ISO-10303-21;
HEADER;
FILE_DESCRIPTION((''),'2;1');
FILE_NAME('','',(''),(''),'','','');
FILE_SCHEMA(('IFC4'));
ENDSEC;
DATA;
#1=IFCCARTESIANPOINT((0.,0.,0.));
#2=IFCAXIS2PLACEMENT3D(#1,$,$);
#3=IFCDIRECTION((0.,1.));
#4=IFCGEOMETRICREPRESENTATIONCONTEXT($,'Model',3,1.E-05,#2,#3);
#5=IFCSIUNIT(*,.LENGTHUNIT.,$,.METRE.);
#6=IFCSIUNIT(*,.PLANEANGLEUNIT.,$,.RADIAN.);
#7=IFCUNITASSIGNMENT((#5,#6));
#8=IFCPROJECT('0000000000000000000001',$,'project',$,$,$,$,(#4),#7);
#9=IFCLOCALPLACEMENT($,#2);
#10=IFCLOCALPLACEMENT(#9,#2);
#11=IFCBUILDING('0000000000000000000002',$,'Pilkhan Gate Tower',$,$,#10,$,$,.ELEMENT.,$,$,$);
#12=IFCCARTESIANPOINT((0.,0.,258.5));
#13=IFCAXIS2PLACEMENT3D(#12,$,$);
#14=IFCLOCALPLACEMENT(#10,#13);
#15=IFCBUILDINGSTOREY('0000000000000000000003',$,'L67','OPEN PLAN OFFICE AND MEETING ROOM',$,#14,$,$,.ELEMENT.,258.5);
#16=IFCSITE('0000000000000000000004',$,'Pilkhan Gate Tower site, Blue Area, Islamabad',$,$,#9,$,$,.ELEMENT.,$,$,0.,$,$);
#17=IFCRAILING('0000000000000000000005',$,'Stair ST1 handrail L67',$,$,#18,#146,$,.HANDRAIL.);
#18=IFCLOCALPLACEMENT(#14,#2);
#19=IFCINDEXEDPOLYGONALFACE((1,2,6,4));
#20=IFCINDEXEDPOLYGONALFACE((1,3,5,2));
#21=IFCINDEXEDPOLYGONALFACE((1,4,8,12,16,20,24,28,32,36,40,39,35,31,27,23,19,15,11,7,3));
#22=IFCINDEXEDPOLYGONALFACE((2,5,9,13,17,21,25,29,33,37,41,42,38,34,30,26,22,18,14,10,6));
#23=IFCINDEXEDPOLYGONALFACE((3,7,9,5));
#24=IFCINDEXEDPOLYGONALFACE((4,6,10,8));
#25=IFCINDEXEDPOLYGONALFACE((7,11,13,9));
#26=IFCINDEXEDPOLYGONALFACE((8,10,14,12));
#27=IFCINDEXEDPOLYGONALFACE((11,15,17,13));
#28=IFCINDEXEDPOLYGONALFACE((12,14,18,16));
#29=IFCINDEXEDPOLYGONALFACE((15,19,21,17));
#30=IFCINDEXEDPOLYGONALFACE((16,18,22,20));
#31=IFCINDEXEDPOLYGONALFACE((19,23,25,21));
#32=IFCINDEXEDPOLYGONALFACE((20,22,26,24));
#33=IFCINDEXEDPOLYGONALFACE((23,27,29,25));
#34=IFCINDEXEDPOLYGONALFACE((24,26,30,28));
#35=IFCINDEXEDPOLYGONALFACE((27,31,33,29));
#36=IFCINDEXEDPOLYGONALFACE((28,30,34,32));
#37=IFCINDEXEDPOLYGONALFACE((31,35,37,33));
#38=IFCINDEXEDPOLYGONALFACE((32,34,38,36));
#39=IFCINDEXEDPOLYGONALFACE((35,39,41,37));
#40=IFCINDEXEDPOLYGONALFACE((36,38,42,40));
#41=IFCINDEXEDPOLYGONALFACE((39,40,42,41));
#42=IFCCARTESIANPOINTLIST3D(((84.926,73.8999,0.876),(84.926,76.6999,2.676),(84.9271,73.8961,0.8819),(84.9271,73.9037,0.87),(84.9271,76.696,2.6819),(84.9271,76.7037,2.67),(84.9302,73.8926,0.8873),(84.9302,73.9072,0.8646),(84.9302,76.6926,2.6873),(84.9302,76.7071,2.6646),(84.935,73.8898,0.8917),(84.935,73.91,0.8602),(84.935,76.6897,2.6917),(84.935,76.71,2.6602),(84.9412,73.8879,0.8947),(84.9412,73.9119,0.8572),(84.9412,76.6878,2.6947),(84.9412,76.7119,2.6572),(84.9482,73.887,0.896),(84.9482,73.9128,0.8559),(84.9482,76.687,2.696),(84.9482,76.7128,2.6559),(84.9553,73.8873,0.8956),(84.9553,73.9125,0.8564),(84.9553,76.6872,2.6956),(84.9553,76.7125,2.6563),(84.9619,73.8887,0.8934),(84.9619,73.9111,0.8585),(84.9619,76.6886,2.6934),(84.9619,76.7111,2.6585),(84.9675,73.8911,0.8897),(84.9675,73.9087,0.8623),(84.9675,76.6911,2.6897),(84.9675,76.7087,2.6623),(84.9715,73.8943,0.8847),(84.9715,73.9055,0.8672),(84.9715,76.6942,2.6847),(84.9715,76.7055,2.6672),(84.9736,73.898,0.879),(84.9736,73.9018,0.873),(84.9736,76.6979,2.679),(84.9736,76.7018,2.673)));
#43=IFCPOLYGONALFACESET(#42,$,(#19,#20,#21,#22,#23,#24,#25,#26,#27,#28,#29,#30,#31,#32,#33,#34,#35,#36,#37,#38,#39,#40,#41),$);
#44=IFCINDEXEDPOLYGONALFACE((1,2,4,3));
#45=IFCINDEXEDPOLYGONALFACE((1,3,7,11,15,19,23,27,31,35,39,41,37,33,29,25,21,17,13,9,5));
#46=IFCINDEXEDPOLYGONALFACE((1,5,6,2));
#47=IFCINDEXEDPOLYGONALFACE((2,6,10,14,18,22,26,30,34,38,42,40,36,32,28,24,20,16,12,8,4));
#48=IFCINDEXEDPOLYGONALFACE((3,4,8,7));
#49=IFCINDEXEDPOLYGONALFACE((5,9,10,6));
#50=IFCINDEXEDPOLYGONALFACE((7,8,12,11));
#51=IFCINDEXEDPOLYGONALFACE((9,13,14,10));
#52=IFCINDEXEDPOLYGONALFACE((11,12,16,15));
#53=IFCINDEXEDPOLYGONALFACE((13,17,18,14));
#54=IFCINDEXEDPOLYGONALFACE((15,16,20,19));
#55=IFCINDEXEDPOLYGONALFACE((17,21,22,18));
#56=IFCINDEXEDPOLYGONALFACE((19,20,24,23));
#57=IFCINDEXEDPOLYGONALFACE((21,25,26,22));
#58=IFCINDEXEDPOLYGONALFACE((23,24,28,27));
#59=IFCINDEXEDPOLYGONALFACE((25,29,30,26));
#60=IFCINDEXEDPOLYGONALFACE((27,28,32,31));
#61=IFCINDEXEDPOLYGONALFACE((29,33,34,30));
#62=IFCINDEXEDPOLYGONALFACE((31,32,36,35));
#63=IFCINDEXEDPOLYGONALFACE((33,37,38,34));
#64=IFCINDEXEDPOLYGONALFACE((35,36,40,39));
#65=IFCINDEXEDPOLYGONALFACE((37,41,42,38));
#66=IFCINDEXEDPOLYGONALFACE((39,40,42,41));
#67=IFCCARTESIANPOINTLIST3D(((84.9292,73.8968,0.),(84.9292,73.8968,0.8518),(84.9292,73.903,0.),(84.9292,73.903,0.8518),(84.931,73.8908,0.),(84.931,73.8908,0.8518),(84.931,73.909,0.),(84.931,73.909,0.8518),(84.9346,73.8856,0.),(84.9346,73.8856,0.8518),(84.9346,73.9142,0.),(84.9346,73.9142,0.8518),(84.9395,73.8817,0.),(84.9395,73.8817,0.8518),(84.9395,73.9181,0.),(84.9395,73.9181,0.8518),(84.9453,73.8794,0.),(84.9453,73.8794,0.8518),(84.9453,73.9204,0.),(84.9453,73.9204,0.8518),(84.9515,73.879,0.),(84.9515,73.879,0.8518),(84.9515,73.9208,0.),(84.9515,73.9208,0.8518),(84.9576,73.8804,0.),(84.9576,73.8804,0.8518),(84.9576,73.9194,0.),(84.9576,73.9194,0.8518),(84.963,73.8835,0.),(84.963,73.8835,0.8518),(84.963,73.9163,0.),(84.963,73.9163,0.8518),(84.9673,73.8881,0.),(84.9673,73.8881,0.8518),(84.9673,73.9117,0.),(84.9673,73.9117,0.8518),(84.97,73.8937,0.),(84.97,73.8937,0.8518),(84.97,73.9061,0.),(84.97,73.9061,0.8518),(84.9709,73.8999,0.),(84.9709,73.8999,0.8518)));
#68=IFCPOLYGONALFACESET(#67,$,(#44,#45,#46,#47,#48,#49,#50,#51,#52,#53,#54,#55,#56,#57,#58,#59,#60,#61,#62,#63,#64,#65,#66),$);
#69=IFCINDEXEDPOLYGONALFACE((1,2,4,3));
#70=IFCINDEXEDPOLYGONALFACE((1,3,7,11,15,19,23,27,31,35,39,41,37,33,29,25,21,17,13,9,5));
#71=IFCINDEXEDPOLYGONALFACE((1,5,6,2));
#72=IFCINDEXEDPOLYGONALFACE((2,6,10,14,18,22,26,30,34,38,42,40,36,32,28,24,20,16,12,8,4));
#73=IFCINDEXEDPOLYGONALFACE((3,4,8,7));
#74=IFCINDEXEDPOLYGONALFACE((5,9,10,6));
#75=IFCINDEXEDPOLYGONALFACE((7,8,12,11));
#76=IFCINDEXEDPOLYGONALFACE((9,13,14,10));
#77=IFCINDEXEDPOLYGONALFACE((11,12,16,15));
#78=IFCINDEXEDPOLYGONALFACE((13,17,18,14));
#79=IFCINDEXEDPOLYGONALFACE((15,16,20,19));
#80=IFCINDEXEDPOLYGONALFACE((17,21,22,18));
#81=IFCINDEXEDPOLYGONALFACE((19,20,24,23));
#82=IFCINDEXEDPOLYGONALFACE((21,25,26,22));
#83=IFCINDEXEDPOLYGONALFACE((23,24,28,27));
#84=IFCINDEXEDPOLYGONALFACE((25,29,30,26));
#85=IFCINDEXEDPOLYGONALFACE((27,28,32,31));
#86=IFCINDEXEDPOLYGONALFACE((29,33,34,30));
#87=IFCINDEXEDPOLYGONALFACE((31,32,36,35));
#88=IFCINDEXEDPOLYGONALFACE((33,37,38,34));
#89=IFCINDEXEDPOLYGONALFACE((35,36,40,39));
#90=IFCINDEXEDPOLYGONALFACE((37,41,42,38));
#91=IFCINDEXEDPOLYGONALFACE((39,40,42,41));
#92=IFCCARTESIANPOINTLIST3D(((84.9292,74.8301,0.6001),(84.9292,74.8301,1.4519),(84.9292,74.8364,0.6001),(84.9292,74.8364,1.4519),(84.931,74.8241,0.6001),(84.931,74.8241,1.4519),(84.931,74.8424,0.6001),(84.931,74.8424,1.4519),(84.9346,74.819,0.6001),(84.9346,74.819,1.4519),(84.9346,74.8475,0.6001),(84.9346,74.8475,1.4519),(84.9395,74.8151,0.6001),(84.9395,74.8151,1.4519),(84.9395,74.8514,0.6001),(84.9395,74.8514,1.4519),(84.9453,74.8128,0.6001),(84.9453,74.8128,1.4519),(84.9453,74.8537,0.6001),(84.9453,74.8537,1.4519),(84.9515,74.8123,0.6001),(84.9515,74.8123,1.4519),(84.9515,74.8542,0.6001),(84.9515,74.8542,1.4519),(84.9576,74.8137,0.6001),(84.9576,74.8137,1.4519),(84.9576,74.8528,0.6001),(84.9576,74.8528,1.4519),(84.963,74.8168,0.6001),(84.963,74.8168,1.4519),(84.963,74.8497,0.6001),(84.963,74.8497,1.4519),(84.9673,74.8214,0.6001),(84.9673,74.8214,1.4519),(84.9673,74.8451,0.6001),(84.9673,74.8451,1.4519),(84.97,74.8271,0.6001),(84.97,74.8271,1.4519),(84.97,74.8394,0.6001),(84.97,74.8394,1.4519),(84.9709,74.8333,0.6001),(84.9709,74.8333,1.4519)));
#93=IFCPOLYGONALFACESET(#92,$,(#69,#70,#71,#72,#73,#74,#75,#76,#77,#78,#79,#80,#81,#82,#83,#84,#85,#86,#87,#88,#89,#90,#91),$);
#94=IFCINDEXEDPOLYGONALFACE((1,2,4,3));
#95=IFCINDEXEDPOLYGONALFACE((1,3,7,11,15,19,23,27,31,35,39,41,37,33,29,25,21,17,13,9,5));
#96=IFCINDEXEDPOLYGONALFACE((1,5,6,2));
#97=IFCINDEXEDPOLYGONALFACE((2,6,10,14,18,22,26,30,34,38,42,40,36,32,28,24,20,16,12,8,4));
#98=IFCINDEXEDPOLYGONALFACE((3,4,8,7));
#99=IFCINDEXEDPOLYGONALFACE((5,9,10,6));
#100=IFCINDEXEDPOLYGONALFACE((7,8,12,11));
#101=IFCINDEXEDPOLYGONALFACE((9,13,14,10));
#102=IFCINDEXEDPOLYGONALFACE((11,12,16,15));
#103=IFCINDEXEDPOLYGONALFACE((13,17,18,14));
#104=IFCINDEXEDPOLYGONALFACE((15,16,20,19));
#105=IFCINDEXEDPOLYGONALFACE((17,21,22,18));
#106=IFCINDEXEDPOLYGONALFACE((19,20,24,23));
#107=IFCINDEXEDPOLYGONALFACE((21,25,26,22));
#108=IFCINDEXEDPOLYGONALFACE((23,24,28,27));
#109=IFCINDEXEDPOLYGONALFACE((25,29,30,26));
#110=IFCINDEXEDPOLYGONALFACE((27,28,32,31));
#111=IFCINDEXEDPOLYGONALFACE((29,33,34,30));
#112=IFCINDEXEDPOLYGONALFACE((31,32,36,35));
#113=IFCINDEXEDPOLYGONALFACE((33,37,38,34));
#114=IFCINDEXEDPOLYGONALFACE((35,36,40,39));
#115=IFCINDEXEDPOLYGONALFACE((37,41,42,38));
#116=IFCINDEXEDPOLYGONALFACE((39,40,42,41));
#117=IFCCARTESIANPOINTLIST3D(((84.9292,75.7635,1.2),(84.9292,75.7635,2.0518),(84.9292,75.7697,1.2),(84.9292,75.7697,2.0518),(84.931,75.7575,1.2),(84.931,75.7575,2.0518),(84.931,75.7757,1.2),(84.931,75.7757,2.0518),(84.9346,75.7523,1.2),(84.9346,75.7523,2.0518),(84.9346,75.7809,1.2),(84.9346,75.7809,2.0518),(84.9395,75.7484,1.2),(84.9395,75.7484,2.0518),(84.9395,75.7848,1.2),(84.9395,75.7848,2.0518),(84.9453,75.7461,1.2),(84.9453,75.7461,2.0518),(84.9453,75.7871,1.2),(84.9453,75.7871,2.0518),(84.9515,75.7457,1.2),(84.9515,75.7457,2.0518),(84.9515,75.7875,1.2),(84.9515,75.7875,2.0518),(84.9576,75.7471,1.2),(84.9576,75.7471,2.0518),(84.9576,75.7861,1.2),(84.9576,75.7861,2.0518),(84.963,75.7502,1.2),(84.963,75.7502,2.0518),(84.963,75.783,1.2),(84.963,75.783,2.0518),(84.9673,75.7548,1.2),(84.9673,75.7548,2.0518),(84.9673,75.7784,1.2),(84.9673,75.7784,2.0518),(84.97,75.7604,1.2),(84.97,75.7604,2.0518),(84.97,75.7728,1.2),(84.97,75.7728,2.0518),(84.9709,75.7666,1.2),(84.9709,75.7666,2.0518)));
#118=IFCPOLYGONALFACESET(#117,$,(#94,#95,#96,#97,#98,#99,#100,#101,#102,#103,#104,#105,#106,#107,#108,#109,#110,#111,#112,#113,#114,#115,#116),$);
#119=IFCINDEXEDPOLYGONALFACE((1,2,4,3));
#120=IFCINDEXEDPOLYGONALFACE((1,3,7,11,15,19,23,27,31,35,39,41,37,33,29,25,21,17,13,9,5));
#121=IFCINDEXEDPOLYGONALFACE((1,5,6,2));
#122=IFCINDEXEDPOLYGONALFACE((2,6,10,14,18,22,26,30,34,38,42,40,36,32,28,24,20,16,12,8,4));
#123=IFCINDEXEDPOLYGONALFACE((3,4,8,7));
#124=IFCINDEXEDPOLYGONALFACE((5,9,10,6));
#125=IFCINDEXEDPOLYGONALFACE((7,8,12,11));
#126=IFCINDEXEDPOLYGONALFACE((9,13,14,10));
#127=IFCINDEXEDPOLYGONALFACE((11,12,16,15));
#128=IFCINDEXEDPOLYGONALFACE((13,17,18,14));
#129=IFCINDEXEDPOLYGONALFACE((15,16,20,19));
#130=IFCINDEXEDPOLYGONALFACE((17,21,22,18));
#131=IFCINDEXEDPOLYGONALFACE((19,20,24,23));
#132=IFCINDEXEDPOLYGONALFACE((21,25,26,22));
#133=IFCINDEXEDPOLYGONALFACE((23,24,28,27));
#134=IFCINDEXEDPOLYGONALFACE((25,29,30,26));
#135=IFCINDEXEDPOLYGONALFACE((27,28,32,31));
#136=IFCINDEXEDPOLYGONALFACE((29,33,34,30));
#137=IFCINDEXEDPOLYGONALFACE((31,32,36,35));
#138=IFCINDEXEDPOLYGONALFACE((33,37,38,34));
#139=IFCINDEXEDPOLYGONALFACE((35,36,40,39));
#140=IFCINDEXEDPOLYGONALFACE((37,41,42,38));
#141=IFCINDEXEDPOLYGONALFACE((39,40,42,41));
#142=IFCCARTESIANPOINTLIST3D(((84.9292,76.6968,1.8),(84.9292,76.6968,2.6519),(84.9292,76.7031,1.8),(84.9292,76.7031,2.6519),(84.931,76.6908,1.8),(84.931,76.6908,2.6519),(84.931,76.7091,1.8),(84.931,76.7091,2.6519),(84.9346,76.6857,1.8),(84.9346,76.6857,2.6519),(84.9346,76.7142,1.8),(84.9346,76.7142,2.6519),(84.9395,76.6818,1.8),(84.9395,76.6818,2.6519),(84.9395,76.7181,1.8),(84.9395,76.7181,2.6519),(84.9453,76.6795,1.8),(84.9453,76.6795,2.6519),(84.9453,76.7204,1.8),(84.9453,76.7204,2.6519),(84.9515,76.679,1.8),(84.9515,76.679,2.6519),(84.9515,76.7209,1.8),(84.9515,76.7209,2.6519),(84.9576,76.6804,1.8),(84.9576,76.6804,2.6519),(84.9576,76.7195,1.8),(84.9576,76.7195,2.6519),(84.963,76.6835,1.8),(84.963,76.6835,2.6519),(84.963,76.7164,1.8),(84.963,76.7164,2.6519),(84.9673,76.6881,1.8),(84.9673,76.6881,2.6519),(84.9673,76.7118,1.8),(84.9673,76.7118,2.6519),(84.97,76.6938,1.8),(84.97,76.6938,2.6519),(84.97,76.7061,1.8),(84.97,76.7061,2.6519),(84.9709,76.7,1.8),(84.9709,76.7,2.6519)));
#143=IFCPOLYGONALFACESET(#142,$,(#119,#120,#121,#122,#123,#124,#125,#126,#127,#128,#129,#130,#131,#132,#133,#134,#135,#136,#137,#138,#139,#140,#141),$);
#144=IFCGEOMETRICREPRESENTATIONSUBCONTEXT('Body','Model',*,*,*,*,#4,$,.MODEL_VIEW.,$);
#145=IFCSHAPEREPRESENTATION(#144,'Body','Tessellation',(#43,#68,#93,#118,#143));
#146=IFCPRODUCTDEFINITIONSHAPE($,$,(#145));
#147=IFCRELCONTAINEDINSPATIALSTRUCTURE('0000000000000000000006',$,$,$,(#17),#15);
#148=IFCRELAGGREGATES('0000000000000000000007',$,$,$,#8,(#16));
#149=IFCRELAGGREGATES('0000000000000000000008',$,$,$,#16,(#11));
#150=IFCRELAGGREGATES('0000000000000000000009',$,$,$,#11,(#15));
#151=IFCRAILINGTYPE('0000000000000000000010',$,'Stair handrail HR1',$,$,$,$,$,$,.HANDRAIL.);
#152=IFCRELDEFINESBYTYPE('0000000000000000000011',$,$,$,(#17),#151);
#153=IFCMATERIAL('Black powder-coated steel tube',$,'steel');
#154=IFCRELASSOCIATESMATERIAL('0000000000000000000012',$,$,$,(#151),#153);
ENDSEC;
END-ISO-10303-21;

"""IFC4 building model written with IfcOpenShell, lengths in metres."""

from ifc_helpers import new_model, si_unit, direction, frame, origin, origin_2d, place, context, subcontext, project, spatial, circle, extrude, material, type_object, element, save


model = new_model("IFC4")

# Units and contexts
model_context = context("Model", 3, precision=1e-05, world=origin(), true_north=direction((0.0, 1.0)))
body_context = subcontext(model_context, "Body", "Model", "MODEL_VIEW")
ifc_project = project(units=[si_unit("LENGTHUNIT", "METRE"), si_unit("PLANEANGLEUNIT", "RADIAN")], contexts=[model_context])

# Site, building, storey
site_placement = place(None, origin())
site = spatial("IfcSite", under=ifc_project, at=site_placement, Name="Pilkhan Gate Tower site, Blue Area, Islamabad", CompositionType="ELEMENT", RefElevation=0.0)
building_placement = place(site_placement, origin())
building = spatial("IfcBuilding", under=site, at=building_placement, Name="Pilkhan Gate Tower", CompositionType="ELEMENT")
storey_placement = place(building_placement, frame((0.0, 0.0, 258.5)))
storey = spatial("IfcBuildingStorey", under=building, at=storey_placement, Name="L67", Description="OPEN PLAN OFFICE AND MEETING ROOM", CompositionType="ELEMENT", Elevation=258.5)

# Railing
ifc_material_1 = material(Name="Black powder-coated steel tube", Category="steel")
railing_type_1 = type_object("IfcRailingType", Name="Stair handrail HR1", PredefinedType="HANDRAIL", material=ifc_material_1)
railing_1_placement = place(storey_placement, frame((84.95, 73.8999, 0.0)))
element("IfcRailing", 1, at=railing_1_placement, inside=storey, type_object=railing_type_1, Name="Stair ST1 handrail L67", PredefinedType="HANDRAIL", context=body_context, shape_type="SweptSolid", body=[
    extrude(circle(Radius=0.0239, at=origin_2d()), frame((0.0, 0.0, 0.876), z_axis=(0.0, 0.841176, 0.540761), x_axis=(-1.0, 0.0, 0.0)), (0.0, 0.0, 1.0), 3.3286),
    extrude(circle(Radius=0.021, at=origin_2d()), origin(), (0.0, 0.0, 1.0), 0.8518),
    extrude(circle(Radius=0.021, at=origin_2d()), frame((0.0, 0.9333, 0.6001)), (0.0, 0.0, 1.0), 0.8518),
    extrude(circle(Radius=0.021, at=origin_2d()), frame((0.0, 1.8667, 1.2)), (0.0, 0.0, 1.0), 0.8518),
    extrude(circle(Radius=0.021, at=origin_2d()), frame((0.0, 2.8, 1.8)), (0.0, 0.0, 1.0), 0.8518),
])

save(model, "model.ifc")
